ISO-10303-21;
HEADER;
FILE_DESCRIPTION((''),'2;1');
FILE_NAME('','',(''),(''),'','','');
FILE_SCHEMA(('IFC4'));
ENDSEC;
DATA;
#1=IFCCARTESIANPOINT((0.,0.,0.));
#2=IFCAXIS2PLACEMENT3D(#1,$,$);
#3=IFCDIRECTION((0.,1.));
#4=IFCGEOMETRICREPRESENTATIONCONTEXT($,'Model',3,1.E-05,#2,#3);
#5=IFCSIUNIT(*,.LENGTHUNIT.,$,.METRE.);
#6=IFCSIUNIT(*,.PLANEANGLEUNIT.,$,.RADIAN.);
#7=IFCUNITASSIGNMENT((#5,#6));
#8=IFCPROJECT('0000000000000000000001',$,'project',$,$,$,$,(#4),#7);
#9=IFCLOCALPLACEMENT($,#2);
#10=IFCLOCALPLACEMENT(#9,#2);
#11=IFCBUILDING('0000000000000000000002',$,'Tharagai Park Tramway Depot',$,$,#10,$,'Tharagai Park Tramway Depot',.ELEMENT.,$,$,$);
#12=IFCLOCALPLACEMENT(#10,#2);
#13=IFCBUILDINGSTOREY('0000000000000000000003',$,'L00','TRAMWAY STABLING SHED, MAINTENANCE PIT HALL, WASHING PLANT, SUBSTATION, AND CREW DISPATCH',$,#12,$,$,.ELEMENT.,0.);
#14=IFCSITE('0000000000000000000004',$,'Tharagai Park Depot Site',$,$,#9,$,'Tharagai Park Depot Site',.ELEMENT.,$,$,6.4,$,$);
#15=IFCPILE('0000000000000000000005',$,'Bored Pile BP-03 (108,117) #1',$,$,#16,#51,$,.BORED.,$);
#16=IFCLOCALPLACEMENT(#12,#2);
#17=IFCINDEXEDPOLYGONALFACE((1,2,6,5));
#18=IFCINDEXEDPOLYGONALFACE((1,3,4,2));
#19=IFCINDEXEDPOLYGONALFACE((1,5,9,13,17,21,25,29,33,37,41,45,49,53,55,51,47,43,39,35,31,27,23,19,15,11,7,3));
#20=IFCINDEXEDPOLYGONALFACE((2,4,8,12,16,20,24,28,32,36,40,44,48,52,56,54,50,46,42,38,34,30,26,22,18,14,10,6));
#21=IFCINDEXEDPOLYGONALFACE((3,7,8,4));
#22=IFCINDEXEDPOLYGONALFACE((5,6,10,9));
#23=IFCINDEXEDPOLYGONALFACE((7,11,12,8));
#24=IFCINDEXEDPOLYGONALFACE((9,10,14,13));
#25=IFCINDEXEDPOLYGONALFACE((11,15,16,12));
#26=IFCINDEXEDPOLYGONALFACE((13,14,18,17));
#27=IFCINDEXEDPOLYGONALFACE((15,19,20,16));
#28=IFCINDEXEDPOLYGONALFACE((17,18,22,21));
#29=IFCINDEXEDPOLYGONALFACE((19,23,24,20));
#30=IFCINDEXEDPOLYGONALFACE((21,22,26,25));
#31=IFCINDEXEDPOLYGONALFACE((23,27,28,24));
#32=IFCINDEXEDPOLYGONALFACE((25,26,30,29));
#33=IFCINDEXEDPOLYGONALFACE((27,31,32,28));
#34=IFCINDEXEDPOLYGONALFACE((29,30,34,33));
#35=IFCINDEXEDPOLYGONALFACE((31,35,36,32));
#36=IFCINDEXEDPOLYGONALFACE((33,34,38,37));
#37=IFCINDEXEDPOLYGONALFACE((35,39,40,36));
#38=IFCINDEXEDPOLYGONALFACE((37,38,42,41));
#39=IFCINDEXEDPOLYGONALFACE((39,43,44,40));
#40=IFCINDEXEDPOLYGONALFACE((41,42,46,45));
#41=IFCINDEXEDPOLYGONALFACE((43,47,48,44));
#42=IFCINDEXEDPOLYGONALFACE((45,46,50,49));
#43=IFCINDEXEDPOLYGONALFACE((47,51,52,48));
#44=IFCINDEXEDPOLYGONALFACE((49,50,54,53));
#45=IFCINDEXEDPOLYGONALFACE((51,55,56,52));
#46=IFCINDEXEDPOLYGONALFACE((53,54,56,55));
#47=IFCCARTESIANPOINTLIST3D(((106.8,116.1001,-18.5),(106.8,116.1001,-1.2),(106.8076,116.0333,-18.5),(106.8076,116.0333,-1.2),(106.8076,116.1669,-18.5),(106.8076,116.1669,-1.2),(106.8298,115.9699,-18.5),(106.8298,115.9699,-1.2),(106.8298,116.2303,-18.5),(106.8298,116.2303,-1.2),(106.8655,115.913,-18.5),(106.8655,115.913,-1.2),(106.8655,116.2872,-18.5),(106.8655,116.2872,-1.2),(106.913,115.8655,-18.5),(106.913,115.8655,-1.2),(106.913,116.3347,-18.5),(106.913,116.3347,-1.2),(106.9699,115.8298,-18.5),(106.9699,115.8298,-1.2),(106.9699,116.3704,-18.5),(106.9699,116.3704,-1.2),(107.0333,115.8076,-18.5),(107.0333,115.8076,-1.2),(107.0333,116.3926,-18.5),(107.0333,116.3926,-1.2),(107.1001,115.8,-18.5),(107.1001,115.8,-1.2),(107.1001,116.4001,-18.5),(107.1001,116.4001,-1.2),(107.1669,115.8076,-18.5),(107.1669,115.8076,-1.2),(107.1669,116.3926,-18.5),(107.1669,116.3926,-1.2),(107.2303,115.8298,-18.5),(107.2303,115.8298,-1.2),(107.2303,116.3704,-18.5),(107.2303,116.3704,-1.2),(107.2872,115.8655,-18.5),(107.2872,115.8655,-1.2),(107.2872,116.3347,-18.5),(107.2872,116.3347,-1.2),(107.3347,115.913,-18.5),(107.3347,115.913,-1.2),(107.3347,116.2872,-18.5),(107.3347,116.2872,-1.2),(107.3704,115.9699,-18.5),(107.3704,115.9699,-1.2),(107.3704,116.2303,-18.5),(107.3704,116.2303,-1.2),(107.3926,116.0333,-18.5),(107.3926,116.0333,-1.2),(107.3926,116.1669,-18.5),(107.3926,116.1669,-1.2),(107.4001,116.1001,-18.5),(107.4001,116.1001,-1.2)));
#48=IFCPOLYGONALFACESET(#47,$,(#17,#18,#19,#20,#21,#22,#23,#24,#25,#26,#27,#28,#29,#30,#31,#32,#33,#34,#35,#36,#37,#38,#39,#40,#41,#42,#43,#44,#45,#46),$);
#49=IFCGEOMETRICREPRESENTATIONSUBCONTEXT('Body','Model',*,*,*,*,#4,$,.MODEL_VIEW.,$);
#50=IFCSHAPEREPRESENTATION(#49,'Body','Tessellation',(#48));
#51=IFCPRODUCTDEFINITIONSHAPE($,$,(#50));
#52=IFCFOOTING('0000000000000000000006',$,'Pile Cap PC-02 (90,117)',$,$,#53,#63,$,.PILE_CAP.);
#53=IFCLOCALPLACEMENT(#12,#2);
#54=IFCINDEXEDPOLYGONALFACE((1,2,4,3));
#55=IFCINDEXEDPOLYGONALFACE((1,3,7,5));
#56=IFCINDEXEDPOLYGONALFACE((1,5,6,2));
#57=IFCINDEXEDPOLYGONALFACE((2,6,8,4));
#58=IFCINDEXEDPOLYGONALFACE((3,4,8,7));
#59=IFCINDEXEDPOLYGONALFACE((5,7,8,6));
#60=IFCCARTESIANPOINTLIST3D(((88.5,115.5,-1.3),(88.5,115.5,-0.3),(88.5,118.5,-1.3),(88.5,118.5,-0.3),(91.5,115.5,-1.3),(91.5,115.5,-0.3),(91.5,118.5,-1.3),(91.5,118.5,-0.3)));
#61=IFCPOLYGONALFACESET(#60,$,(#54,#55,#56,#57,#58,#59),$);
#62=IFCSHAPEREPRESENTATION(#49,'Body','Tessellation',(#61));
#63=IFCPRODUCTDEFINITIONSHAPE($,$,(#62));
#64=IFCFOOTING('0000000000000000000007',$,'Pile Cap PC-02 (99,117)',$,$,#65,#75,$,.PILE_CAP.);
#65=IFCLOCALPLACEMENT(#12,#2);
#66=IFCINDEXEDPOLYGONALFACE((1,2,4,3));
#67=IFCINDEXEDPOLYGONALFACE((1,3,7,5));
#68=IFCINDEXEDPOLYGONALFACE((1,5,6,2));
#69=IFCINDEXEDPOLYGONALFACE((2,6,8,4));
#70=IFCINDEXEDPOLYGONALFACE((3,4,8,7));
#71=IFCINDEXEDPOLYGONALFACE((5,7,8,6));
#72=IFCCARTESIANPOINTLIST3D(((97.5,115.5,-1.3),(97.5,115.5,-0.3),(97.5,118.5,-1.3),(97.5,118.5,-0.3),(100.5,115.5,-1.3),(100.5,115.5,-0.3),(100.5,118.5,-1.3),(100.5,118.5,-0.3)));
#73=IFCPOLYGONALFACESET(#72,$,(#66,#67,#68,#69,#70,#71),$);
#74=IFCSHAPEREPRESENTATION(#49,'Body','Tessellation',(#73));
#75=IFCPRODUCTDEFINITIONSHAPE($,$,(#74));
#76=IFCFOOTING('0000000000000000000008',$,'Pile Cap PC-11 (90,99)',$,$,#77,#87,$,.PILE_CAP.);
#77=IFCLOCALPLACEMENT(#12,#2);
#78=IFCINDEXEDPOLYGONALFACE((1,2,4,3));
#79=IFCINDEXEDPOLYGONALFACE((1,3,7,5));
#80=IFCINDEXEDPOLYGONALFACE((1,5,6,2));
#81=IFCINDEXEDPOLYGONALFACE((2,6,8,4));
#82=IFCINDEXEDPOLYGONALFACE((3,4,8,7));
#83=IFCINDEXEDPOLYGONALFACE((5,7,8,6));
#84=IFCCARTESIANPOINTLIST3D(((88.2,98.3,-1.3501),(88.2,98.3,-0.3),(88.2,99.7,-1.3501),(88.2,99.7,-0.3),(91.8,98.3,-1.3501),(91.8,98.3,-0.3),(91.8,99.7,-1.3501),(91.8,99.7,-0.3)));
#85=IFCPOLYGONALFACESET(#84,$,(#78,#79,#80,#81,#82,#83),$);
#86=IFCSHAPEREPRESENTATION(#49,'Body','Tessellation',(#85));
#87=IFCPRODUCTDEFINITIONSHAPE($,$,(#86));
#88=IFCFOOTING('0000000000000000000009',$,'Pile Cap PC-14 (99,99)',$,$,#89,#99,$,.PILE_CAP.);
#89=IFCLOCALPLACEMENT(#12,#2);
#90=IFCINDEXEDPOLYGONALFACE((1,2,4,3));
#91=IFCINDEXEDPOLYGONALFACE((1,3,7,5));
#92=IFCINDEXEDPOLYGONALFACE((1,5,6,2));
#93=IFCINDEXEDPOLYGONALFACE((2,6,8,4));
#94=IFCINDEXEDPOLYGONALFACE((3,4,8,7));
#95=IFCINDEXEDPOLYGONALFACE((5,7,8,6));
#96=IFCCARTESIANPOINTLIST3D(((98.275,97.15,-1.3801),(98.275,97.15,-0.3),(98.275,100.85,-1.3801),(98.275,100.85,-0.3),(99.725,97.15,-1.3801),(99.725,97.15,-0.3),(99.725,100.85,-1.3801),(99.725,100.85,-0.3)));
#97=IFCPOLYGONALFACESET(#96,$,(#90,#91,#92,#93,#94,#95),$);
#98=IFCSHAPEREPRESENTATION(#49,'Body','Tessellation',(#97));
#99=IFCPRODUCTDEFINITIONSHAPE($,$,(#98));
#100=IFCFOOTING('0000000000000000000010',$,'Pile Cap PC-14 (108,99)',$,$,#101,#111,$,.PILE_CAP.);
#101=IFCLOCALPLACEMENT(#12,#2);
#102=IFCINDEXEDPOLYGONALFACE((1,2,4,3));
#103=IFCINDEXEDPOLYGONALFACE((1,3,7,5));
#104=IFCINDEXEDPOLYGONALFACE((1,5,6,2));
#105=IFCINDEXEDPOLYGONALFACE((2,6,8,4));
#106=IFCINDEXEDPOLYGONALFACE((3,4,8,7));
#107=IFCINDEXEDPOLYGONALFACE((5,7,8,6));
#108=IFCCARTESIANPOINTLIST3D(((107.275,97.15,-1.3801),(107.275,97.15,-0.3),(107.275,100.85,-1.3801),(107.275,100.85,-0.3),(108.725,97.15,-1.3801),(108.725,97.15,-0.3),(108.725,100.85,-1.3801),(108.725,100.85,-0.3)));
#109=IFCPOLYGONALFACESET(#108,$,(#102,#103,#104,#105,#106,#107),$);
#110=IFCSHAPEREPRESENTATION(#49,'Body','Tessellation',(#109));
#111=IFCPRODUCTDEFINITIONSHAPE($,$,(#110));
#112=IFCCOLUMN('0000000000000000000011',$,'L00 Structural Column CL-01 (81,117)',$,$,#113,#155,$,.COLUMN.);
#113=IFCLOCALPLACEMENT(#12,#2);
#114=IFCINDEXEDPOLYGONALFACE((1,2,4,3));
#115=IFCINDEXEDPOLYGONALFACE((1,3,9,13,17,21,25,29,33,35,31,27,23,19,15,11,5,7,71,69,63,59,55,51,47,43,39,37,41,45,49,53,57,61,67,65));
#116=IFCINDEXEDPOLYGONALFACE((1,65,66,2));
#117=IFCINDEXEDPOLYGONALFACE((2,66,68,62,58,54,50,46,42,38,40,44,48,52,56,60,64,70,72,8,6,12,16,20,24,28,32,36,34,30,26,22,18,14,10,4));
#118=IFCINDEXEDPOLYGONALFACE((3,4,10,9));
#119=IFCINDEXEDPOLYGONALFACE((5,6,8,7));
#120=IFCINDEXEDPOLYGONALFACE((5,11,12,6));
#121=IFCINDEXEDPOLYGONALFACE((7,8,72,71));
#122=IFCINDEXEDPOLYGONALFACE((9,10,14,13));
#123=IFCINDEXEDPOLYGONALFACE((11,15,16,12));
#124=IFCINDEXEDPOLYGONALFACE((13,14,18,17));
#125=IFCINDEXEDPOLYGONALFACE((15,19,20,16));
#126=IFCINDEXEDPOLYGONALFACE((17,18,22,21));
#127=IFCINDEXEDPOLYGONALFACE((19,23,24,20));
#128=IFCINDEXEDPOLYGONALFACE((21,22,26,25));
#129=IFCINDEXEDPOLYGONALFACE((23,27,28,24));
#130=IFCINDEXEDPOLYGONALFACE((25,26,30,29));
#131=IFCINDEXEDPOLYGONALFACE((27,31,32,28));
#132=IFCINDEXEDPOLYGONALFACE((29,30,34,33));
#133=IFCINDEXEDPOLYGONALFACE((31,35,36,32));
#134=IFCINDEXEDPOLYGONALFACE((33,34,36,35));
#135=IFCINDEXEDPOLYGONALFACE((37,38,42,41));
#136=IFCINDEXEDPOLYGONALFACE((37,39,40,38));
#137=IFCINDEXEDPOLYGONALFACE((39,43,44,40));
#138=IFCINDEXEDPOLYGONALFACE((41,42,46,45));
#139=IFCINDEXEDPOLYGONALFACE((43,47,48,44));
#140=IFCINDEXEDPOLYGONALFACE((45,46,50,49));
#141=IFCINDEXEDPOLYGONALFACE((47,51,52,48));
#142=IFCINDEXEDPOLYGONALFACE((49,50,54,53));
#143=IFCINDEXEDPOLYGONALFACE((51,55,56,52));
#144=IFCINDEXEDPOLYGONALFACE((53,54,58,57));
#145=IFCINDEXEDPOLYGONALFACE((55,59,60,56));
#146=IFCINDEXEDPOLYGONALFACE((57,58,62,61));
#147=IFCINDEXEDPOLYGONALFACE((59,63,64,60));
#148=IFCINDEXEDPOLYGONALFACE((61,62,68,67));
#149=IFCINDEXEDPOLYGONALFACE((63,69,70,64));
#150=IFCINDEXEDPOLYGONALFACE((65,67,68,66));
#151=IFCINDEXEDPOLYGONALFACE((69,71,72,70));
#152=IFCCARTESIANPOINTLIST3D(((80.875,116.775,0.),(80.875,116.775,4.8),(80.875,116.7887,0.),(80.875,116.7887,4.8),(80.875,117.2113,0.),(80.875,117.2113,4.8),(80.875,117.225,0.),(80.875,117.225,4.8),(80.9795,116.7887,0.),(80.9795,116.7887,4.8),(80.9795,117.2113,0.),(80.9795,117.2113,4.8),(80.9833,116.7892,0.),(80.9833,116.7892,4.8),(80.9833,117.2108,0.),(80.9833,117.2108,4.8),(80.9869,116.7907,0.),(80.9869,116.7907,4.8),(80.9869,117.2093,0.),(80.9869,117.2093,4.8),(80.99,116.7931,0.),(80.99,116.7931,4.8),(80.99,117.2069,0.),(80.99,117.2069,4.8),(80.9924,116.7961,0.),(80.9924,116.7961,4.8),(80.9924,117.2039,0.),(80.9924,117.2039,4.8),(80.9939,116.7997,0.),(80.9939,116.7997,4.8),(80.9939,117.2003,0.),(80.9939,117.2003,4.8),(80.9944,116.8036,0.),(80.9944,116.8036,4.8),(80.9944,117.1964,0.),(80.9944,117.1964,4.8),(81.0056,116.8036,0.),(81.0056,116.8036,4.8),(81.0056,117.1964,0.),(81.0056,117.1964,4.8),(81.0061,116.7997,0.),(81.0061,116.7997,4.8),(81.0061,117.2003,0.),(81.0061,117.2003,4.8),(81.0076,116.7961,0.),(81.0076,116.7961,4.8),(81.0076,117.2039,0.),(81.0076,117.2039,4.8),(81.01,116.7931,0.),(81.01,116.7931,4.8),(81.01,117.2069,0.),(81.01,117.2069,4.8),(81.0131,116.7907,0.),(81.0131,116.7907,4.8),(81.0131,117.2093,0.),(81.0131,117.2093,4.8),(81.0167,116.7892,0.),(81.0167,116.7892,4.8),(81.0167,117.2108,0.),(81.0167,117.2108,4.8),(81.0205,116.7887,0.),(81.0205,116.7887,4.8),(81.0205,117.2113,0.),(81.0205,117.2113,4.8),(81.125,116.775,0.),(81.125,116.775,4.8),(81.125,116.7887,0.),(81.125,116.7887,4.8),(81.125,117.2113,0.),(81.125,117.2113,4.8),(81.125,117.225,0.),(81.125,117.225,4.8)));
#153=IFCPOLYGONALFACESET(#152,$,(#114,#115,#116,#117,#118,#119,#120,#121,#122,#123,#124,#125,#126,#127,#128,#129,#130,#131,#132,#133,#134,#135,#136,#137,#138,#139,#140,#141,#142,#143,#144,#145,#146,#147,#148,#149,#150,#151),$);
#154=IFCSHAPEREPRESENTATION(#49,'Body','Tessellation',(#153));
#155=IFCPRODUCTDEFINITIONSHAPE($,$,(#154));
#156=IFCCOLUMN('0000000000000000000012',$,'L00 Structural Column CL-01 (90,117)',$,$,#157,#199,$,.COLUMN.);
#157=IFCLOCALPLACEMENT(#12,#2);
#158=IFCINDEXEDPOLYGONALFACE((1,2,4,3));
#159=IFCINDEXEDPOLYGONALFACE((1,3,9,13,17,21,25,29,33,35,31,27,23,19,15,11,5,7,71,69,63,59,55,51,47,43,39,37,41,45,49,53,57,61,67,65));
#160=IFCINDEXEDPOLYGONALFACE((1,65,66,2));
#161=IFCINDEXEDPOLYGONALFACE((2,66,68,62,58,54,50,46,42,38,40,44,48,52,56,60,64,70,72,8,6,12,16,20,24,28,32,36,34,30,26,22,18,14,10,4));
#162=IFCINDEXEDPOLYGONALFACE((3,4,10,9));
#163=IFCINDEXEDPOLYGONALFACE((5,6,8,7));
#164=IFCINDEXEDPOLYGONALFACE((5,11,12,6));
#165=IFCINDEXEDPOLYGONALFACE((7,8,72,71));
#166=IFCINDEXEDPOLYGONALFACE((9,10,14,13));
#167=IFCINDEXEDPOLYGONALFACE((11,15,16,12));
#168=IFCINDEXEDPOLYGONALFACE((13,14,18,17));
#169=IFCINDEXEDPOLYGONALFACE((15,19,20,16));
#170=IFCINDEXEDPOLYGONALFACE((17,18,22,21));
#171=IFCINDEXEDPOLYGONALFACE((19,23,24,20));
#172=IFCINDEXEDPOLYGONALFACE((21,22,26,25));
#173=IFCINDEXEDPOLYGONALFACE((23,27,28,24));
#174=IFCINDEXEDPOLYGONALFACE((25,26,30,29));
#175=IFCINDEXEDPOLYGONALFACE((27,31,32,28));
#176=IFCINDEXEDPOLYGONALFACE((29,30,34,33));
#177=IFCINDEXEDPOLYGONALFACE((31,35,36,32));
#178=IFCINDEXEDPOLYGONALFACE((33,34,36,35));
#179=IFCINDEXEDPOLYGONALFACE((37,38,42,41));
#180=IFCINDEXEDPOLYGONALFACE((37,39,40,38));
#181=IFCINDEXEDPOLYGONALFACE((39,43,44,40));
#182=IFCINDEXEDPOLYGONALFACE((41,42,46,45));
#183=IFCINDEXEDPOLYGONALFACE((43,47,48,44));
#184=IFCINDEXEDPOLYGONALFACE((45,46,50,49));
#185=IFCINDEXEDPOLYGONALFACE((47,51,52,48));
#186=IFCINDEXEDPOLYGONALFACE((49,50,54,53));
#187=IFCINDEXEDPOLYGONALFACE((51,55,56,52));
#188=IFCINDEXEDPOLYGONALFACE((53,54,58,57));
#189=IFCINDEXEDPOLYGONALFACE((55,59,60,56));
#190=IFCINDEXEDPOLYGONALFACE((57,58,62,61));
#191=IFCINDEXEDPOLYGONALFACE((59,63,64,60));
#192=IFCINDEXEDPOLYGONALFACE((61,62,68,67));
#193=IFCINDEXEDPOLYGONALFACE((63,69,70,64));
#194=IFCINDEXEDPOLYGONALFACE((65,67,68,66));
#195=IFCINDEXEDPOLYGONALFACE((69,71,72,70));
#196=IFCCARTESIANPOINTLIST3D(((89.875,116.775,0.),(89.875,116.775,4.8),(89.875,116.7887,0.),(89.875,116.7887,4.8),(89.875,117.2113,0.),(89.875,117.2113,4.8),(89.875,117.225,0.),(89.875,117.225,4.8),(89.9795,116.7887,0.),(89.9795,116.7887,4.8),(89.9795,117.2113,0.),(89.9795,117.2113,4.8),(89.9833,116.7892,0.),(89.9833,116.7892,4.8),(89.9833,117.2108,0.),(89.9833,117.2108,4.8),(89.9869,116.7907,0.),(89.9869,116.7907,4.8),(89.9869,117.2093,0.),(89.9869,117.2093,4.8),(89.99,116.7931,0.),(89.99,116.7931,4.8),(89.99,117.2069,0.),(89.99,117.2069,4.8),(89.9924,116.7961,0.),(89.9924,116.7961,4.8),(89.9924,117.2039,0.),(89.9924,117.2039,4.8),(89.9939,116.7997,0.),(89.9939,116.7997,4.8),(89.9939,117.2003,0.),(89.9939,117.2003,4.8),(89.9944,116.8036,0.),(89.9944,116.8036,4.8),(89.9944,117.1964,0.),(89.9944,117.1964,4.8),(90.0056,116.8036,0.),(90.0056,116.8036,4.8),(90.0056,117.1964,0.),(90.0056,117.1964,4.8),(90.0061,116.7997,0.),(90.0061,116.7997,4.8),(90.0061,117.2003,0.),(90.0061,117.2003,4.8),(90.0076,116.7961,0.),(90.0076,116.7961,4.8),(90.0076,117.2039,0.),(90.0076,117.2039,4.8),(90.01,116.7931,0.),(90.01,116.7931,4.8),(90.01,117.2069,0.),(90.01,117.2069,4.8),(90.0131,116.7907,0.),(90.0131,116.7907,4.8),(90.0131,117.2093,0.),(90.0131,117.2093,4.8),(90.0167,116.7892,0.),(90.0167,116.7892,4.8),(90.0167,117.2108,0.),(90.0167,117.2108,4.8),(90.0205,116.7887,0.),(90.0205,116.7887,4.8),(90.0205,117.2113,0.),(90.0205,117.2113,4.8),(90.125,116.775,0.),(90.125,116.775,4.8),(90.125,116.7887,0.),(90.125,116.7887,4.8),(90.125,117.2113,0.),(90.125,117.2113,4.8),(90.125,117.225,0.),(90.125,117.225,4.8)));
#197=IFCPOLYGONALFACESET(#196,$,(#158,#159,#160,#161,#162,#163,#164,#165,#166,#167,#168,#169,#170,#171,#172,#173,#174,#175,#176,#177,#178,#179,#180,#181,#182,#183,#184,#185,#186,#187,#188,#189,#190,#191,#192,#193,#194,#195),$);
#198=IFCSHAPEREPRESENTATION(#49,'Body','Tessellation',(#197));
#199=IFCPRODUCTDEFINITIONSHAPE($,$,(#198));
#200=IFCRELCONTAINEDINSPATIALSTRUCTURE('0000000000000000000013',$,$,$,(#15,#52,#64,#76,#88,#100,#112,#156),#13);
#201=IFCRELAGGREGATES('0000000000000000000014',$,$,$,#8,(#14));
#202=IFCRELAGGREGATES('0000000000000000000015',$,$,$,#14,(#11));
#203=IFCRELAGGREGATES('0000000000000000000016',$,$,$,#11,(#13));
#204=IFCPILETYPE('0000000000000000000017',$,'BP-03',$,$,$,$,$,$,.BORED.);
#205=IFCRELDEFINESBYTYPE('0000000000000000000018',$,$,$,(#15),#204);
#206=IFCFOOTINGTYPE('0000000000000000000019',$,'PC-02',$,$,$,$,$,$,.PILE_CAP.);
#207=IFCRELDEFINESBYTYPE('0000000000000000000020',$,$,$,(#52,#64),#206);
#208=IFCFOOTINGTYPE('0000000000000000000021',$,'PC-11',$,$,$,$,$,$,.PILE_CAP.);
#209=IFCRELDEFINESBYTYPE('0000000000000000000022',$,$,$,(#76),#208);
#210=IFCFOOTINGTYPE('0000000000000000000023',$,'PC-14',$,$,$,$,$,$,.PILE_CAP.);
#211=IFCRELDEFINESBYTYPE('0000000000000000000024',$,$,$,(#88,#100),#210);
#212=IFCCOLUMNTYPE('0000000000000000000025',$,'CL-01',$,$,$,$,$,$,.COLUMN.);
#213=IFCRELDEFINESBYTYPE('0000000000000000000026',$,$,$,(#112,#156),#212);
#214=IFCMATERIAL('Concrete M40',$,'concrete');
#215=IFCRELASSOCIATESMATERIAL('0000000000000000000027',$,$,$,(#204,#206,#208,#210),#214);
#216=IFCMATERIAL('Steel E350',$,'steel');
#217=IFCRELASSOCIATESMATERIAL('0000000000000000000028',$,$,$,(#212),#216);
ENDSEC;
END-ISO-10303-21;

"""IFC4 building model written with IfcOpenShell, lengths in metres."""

from ifc_helpers import new_model, si_unit, direction, frame, origin, origin_2d, place, context, subcontext, project, spatial, rectangle, circle, i_section, extrude, material, material_profile, profile_set, type_object, element, save


model = new_model("IFC4")

# Units and contexts
model_context = context("Model", 3, precision=1e-05, world=origin(), true_north=direction((0.0, 1.0)))
body_context = subcontext(model_context, "Body", "Model", "MODEL_VIEW")
ifc_project = project(units=[si_unit("LENGTHUNIT", "METRE"), si_unit("PLANEANGLEUNIT", "RADIAN")], contexts=[model_context])

# Site, building, storey
site_placement = place(None, origin())
site = spatial("IfcSite", under=ifc_project, at=site_placement, Name="Tharagai Park Depot Site", LongName="Tharagai Park Depot Site", CompositionType="ELEMENT", RefElevation=6.4)
building_placement = place(site_placement, origin())
building = spatial("IfcBuilding", under=site, at=building_placement, Name="Tharagai Park Tramway Depot", LongName="Tharagai Park Tramway Depot", CompositionType="ELEMENT")
storey_placement = place(building_placement, origin())
storey = spatial("IfcBuildingStorey", under=building, at=storey_placement, Name="L00", Description="TRAMWAY STABLING SHED, MAINTENANCE PIT HALL, WASHING PLANT, SUBSTATION, AND CREW DISPATCH", CompositionType="ELEMENT", Elevation=0.0)

# Pile
ifc_material_1 = material(Name="Concrete M40", Category="concrete")
ifc_material_profile_1 = material_profile(ifc_material_1, circle(Radius=0.3, at=origin_2d()), Name="PILE D600")
ifc_profile_set_1 = profile_set([ifc_material_profile_1], Name="Concrete M40")
pile_type_1 = type_object("IfcPileType", Name="BP-03", PredefinedType="BORED", material=ifc_profile_set_1)
for number, where, z_axis, x_axis, name in (
    (1, (107.1001, 116.1001, -1.2), (0.0, 0.0, -1.0), (1.0, 0.0, 0.0), "Bored Pile BP-03 (108,117) #1"),
):
    element("IfcPile", number, at=place(storey_placement, frame(where, z_axis=z_axis, x_axis=x_axis)), inside=storey, type_object=pile_type_1, Name=name, PredefinedType="BORED", context=body_context, shape_type="SweptSolid", body=[
        extrude(circle(Radius=0.3, at=origin_2d()), origin(), (0.0, 0.0, 1.0), 17.3),
    ])

# Footings
footing_type_1 = type_object("IfcFootingType", Name="PC-02", PredefinedType="PILE_CAP", material=ifc_material_1)
for number, where, z_axis, x_axis, name in (
    (2, (90.0, 117.0, -1.3), (0.0, 0.0, 1.0), (1.0, 0.0, 0.0), "Pile Cap PC-02 (90,117)"),
    (3, (99.0, 117.0, -1.3), (0.0, 0.0, 1.0), (1.0, 0.0, 0.0), "Pile Cap PC-02 (99,117)"),
):
    element("IfcFooting", number, at=place(storey_placement, frame(where, z_axis=z_axis, x_axis=x_axis)), inside=storey, type_object=footing_type_1, Name=name, PredefinedType="PILE_CAP", context=body_context, shape_type="SweptSolid", body=[
        extrude(rectangle(XDim=3.0, YDim=3.0, at=origin_2d()), origin(), (0.0, 0.0, 1.0), 1.0),
    ])
footing_type_2 = type_object("IfcFootingType", Name="PC-11", PredefinedType="PILE_CAP", material=ifc_material_1)
footing_placement = place(storey_placement, frame((90.0, 99.0, -1.3501), z_axis=(0.0, 0.0, 1.0), x_axis=(1.0, 0.0, 0.0)))
element("IfcFooting", 4, at=footing_placement, inside=storey, type_object=footing_type_2, Name="Pile Cap PC-11 (90,99)", PredefinedType="PILE_CAP", context=body_context, shape_type="SweptSolid", body=[
    extrude(rectangle(XDim=3.6001, YDim=1.3999, at=origin_2d()), origin(), (0.0, 0.0, 1.0), 1.05),
])
footing_type_3 = type_object("IfcFootingType", Name="PC-14", PredefinedType="PILE_CAP", material=ifc_material_1)
for number, where, z_axis, x_axis, name in (
    (5, (99.0, 99.0, -1.3801), (0.0, 0.0, 1.0), (1.0, 0.0, 0.0), "Pile Cap PC-14 (99,99)"),
    (6, (108.0, 99.0, -1.3801), (0.0, 0.0, 1.0), (1.0, 0.0, 0.0), "Pile Cap PC-14 (108,99)"),
):
    element("IfcFooting", number, at=place(storey_placement, frame(where, z_axis=z_axis, x_axis=x_axis)), inside=storey, type_object=footing_type_3, Name=name, PredefinedType="PILE_CAP", context=body_context, shape_type="SweptSolid", body=[
        extrude(rectangle(XDim=1.45, YDim=3.7, at=origin_2d()), origin(), (0.0, 0.0, 1.0), 1.0801),
    ])

# Columns
ifc_material_2 = material(Name="Steel E350", Category="steel")
ifc_material_profile_2 = material_profile(ifc_material_2, i_section(OverallWidth=0.25, OverallDepth=0.45, WebThickness=0.0112, FlangeThickness=0.0137, FilletRadius=0.0149, at=origin_2d()), Name="ISHB 450")
ifc_profile_set_2 = profile_set([ifc_material_profile_2], Name="Steel E350")
column_type_1 = type_object("IfcColumnType", Name="CL-01", PredefinedType="COLUMN", material=ifc_profile_set_2)
for number, where, z_axis, x_axis, name in (
    (7, (81.0, 117.0, 0.0), (0.0, 0.0, 1.0), (1.0, 0.0, 0.0), "L00 Structural Column CL-01 (81,117)"),
    (8, (90.0, 117.0, 0.0), (0.0, 0.0, 1.0), (1.0, 0.0, 0.0), "L00 Structural Column CL-01 (90,117)"),
):
    element("IfcColumn", number, at=place(storey_placement, frame(where, z_axis=z_axis, x_axis=x_axis)), inside=storey, type_object=column_type_1, Name=name, PredefinedType="COLUMN", context=body_context, shape_type="SweptSolid", body=[
        extrude(i_section(OverallWidth=0.25, OverallDepth=0.45, WebThickness=0.0112, FlangeThickness=0.0137, FilletRadius=0.0149, at=origin_2d()), origin(), (0.0, 0.0, 1.0), 4.8),
    ])

save(model, "model.ifc")
